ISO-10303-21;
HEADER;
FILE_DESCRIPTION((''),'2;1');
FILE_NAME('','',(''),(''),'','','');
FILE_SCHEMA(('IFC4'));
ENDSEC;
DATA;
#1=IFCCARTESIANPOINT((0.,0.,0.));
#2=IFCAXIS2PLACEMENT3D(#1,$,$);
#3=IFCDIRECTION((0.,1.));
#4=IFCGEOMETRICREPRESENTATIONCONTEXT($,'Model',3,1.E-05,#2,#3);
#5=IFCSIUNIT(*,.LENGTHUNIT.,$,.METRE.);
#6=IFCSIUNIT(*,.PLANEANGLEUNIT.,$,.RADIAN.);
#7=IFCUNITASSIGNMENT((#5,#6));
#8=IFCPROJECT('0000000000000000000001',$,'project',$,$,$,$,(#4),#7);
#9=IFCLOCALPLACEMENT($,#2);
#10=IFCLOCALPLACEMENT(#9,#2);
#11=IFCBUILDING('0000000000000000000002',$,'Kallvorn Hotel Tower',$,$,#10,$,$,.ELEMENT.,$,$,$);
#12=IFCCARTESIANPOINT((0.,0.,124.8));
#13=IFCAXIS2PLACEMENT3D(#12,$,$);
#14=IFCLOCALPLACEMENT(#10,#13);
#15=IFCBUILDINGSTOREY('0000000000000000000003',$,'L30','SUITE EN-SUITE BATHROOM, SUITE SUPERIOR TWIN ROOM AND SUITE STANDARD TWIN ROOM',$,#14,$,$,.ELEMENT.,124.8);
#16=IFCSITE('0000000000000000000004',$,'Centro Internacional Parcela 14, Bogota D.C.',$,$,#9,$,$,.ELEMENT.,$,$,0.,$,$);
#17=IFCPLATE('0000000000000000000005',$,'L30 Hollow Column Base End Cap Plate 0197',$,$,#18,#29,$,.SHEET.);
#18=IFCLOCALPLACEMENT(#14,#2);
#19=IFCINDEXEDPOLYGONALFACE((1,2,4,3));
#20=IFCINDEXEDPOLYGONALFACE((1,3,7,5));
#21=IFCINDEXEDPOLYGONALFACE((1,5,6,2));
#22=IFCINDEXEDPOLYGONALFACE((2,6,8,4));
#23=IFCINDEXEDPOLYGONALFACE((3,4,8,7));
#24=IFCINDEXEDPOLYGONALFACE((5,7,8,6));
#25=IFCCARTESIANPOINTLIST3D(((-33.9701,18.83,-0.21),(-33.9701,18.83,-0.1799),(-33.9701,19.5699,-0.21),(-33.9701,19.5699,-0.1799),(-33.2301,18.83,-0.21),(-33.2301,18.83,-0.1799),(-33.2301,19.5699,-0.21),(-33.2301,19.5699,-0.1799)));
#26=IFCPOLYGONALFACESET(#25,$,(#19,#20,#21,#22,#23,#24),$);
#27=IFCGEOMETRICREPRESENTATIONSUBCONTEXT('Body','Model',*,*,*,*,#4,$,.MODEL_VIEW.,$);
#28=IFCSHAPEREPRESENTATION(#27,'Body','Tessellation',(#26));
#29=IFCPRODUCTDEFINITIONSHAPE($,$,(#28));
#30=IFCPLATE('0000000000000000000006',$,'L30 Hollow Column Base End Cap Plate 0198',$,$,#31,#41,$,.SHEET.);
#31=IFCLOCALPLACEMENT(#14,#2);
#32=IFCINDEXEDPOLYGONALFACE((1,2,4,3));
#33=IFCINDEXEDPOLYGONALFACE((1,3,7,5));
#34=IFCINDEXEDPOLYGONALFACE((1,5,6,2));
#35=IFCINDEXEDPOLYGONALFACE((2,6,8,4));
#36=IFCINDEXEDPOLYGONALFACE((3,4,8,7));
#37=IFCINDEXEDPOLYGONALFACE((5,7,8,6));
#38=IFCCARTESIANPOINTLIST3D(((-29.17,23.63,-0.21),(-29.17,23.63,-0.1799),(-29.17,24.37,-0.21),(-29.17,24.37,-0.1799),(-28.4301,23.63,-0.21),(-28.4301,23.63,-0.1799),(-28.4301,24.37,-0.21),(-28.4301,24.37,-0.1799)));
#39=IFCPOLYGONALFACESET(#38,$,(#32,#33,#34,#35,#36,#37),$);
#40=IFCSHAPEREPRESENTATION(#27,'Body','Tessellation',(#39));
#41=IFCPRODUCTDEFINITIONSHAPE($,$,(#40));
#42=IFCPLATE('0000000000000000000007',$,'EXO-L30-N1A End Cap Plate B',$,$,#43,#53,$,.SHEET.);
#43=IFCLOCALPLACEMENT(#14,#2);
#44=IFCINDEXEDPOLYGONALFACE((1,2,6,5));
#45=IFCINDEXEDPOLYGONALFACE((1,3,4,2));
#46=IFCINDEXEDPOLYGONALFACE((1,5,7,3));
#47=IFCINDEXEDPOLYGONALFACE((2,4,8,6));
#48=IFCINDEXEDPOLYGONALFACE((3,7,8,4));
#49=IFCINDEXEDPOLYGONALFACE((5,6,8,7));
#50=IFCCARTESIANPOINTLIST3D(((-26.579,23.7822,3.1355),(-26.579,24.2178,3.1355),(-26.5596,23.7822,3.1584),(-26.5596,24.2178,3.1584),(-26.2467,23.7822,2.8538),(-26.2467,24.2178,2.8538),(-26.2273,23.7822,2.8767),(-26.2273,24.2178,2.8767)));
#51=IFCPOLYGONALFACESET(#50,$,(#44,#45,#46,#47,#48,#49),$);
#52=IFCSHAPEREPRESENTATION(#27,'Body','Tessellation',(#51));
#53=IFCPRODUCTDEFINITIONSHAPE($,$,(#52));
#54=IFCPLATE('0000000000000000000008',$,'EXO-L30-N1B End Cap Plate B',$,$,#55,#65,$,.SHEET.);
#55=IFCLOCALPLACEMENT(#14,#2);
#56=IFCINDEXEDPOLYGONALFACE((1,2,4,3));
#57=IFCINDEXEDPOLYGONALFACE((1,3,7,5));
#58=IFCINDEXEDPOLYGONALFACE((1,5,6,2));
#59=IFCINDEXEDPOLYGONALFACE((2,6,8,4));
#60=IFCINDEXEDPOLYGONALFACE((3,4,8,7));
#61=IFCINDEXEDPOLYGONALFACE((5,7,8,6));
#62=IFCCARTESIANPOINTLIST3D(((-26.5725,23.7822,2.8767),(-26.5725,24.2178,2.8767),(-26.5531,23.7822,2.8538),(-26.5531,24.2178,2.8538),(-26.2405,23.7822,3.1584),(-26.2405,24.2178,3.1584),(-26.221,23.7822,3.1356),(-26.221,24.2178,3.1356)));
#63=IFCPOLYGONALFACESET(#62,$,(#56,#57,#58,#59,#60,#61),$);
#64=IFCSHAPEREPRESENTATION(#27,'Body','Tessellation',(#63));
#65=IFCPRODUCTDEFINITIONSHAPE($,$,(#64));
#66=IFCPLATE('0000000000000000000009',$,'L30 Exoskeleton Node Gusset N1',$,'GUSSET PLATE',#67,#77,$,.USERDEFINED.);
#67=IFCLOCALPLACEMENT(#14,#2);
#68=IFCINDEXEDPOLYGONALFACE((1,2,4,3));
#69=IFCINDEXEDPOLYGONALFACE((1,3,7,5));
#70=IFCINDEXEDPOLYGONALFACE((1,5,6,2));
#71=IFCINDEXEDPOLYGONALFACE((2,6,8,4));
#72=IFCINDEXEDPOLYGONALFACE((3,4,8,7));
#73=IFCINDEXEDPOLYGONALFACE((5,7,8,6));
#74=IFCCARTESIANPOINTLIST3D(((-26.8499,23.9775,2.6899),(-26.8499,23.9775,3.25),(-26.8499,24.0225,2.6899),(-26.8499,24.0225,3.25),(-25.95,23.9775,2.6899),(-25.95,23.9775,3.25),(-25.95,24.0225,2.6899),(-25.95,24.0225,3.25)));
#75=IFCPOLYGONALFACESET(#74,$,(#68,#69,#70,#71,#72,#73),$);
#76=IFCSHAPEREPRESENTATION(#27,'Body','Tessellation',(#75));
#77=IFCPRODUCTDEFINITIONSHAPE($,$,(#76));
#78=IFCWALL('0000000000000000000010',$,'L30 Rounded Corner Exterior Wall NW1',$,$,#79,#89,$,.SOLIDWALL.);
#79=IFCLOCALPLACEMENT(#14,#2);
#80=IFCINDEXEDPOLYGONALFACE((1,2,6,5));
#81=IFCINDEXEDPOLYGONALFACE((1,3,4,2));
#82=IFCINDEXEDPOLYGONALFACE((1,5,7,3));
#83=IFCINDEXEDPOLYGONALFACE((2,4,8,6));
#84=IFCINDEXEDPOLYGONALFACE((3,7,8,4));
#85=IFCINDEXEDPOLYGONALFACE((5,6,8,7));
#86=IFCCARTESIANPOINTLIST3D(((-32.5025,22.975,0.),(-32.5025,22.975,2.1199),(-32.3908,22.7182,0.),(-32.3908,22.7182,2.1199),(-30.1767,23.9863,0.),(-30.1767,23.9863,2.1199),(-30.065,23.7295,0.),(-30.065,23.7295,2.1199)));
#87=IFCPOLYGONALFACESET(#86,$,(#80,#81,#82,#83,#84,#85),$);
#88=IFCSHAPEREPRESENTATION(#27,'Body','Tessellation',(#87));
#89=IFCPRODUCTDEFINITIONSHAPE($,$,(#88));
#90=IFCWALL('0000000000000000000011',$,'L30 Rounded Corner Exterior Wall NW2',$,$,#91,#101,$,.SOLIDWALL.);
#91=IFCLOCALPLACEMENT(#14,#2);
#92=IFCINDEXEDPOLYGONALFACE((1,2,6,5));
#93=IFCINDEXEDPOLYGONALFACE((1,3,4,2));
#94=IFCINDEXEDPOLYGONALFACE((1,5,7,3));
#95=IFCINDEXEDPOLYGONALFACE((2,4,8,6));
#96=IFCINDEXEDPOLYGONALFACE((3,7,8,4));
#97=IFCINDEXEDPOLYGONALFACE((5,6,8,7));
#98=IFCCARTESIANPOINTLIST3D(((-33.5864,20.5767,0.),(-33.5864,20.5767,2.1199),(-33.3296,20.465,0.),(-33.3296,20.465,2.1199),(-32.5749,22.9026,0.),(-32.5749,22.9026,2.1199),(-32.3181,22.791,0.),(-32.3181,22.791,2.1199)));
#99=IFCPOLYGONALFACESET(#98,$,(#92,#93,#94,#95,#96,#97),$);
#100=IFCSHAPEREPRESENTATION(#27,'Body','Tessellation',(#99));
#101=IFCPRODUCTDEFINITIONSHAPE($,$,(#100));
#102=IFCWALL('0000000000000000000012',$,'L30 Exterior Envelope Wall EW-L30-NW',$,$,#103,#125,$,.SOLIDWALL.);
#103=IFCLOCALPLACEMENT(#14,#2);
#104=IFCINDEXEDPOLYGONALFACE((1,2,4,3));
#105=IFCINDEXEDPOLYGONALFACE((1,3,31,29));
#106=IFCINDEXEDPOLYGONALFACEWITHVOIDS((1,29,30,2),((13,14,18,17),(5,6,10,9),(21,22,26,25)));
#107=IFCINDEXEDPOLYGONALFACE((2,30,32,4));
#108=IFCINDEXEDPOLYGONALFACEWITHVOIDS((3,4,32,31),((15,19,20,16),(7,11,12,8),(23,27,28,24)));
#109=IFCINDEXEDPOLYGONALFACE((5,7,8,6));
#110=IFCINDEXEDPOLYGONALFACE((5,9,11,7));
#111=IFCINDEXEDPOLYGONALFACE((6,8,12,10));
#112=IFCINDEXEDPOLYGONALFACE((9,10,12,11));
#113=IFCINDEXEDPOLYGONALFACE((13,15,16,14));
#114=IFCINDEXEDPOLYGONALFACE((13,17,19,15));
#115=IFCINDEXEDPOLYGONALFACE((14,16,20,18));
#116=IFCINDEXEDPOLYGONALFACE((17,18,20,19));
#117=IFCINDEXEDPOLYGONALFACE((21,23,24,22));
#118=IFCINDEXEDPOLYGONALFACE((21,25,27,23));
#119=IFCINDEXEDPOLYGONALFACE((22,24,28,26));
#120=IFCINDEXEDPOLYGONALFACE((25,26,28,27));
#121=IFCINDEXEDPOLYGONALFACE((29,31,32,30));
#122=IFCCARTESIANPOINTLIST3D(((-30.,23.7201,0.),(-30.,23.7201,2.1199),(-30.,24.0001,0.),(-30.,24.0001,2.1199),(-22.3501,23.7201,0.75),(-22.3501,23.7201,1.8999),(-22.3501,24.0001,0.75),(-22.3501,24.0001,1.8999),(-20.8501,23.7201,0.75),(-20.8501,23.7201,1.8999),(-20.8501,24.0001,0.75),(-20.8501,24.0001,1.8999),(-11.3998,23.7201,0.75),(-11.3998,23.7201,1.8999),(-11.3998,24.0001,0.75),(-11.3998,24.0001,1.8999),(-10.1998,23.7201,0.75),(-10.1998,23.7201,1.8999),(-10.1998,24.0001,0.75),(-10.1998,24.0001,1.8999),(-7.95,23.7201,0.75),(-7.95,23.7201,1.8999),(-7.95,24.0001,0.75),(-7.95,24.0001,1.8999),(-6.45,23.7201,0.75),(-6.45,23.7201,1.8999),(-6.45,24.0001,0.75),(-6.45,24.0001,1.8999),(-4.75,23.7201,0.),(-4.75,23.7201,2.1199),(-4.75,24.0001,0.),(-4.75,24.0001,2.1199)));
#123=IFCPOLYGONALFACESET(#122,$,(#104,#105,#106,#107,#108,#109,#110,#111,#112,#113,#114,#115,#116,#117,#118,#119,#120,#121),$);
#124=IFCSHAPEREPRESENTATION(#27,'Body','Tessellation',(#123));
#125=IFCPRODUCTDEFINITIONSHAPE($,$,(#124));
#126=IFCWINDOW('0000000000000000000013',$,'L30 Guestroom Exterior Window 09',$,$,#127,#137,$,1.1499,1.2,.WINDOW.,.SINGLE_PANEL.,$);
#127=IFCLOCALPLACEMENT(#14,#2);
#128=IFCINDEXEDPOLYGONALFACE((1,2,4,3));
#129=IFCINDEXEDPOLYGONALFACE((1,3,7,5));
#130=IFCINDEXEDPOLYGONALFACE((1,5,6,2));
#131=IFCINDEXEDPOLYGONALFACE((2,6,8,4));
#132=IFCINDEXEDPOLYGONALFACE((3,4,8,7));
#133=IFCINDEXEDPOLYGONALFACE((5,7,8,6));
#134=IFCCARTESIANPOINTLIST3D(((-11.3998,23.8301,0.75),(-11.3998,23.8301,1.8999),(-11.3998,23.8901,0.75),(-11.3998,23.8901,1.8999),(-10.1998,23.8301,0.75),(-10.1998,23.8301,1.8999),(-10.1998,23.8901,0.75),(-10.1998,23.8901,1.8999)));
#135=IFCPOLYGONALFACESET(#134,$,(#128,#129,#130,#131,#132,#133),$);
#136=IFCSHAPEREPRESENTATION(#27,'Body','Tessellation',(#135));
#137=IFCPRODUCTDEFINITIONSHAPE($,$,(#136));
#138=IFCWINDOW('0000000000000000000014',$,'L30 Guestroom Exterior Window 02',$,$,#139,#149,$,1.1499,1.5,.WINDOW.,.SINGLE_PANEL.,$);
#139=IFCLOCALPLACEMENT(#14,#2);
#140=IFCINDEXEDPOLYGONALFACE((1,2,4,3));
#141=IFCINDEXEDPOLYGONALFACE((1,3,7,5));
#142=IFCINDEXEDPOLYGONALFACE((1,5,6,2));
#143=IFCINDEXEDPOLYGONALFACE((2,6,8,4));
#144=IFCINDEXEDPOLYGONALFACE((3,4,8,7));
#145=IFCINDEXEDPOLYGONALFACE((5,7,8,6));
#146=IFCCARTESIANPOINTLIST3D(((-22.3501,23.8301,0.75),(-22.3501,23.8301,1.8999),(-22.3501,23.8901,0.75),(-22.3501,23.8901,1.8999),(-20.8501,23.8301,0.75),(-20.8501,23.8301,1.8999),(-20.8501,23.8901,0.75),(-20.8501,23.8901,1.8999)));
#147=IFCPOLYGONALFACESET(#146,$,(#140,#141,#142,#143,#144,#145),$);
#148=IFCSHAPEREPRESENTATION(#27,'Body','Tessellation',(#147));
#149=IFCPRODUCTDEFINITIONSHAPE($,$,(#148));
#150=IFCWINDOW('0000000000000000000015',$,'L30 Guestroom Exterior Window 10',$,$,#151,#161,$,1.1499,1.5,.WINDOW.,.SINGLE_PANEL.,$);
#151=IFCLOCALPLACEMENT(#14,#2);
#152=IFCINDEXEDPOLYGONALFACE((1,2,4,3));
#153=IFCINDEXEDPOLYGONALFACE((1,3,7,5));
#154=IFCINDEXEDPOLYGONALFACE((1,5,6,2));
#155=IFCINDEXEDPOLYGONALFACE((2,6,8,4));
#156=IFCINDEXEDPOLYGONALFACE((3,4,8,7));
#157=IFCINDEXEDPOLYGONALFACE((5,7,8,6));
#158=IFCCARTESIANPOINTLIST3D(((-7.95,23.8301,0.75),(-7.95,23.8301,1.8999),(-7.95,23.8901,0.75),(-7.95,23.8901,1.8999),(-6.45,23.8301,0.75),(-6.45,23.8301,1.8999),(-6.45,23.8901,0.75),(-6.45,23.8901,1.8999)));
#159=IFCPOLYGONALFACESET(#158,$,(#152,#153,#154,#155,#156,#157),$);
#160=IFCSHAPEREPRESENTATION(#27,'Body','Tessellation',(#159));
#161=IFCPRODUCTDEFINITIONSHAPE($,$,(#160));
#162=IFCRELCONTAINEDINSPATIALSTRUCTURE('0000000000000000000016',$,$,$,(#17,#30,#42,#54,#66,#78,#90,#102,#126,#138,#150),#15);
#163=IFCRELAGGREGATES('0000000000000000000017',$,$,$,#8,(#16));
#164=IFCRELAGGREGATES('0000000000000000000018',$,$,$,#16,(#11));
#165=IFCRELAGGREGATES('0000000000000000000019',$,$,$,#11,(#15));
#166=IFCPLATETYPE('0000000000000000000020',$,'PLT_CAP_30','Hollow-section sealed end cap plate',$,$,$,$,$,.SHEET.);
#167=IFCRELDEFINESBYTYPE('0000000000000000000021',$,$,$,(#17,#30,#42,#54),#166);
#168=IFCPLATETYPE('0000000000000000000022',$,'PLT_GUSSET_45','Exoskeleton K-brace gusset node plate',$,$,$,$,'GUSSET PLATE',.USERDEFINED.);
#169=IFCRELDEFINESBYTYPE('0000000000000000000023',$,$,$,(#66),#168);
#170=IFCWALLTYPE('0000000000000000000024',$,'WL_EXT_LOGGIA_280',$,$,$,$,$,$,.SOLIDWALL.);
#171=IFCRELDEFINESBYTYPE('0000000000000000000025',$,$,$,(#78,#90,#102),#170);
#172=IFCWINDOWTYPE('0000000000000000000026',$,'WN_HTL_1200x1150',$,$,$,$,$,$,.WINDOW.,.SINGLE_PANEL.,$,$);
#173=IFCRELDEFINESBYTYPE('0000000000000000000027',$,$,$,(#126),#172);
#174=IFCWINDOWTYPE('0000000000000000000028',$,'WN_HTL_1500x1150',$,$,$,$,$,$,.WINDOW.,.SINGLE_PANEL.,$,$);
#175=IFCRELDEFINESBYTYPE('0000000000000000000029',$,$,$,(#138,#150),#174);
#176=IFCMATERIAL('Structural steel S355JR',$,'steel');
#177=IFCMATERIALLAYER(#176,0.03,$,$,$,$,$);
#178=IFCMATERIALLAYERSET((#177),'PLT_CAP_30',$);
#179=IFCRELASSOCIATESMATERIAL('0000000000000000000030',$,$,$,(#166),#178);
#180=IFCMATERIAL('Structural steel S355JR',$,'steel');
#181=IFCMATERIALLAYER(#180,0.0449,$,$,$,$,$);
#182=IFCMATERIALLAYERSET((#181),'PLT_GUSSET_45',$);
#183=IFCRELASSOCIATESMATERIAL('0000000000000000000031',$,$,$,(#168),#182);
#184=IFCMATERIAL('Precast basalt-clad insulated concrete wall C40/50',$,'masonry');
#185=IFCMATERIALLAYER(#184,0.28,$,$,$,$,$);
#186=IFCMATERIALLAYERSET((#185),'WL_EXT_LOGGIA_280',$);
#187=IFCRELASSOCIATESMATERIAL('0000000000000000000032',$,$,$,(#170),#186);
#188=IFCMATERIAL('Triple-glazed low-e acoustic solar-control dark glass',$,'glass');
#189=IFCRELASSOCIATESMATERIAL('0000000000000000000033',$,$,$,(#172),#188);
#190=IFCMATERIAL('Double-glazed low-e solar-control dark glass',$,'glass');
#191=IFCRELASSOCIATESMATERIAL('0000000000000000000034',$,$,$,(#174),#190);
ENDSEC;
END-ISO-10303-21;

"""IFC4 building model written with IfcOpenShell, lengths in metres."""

from ifc_helpers import new_model, si_unit, direction, frame, frame_2d, origin, origin_2d, place, context, subcontext, project, spatial, polyline, rectangle, outline, extrude, material, layer, layer_set, type_object, element, fill, save


model = new_model("IFC4")

# Units and contexts
model_context = context("Model", 3, precision=1e-05, world=origin(), true_north=direction((0.0, 1.0)))
body_context = subcontext(model_context, "Body", "Model", "MODEL_VIEW")
ifc_project = project(units=[si_unit("LENGTHUNIT", "METRE"), si_unit("PLANEANGLEUNIT", "RADIAN")], contexts=[model_context])

# Site, building, storey
site_placement = place(None, origin())
site = spatial("IfcSite", under=ifc_project, at=site_placement, Name="Centro Internacional Parcela 14, Bogota D.C.", CompositionType="ELEMENT", RefElevation=0.0)
building_placement = place(site_placement, origin())
building = spatial("IfcBuilding", under=site, at=building_placement, Name="Kallvorn Hotel Tower", CompositionType="ELEMENT")
storey_placement = place(building_placement, frame((0.0, 0.0, 124.8)))
storey = spatial("IfcBuildingStorey", under=building, at=storey_placement, Name="L30", Description="SUITE EN-SUITE BATHROOM, SUITE SUPERIOR TWIN ROOM AND SUITE STANDARD TWIN ROOM", CompositionType="ELEMENT", Elevation=124.8)

# Plates
ifc_material_1 = material(Name="Structural steel S355JR", Category="steel")
ifc_layer_1 = layer(ifc_material_1, 0.03)
ifc_layer_set_1 = layer_set([ifc_layer_1], Name="PLT_CAP_30")
plate_type_1 = type_object("IfcPlateType", Name="PLT_CAP_30", Description="Hollow-section sealed end cap plate", PredefinedType="SHEET", material=ifc_layer_set_1)
for number, where, z_axis, x_axis, name in (
    (1, (-33.6001, 19.2, -0.21), (0.0, 0.0, 1.0), (1.0, 0.0, 0.0), "L30 Hollow Column Base End Cap Plate 0197"),
    (2, (-28.8, 24.0, -0.21), (0.0, 0.0, 1.0), (1.0, 0.0, 0.0), "L30 Hollow Column Base End Cap Plate 0198"),
):
    element("IfcPlate", number, at=place(storey_placement, frame(where, z_axis=z_axis, x_axis=x_axis)), inside=storey, type_object=plate_type_1, Name=name, PredefinedType="SHEET", context=body_context, shape_type="SweptSolid", body=[
        extrude(rectangle(XDim=0.74, YDim=0.74, at=origin_2d()), origin(), (0.0, 0.0, 1.0), 0.03),
    ])
plate_1_placement = place(storey_placement, frame((-26.2273, 23.7822, 2.8767), z_axis=(0.646721, 0.0, 0.762727), x_axis=(0.0, 1.0, 0.0)))
element("IfcPlate", 3, at=plate_1_placement, inside=storey, type_object=plate_type_1, Name="EXO-L30-N1A End Cap Plate B", PredefinedType="SHEET", context=body_context, shape_type="SweptSolid", body=[
    extrude(outline(polyline([(0.0, 0.0), (0.4355, 0.0), (0.4355, 0.4356), (0.0, 0.4356), (0.0, 0.0)])), origin(), (0.0, 0.0, -1.0), 0.03),
])
plate_2_placement = place(storey_placement, frame((-26.5725, 24.2178, 2.8767), z_axis=(-0.646997, 0.0, 0.762492), x_axis=(0.0, -1.0, 0.0)))
element("IfcPlate", 4, at=plate_2_placement, inside=storey, type_object=plate_type_1, Name="EXO-L30-N1B End Cap Plate B", PredefinedType="SHEET", context=body_context, shape_type="SweptSolid", body=[
    extrude(outline(polyline([(0.0, 0.0), (0.4355, 0.0), (0.4355, 0.4355), (0.0, 0.4355), (0.0, 0.0)])), origin(), (0.0, 0.0, -1.0), 0.03),
])
ifc_material_2 = material(Name="Structural steel S355JR", Category="steel")
ifc_layer_2 = layer(ifc_material_2, 0.0449)
ifc_layer_set_2 = layer_set([ifc_layer_2], Name="PLT_GUSSET_45")
plate_type_2 = type_object("IfcPlateType", Name="PLT_GUSSET_45", Description="Exoskeleton K-brace gusset node plate", ElementType="GUSSET PLATE", PredefinedType="USERDEFINED", material=ifc_layer_set_2)
plate_3_placement = place(storey_placement, frame((-26.3999, 24.0, 2.6899), z_axis=(0.0, 0.0, 1.0), x_axis=(1.0, 0.0, 0.0)))
element("IfcPlate", 5, at=plate_3_placement, inside=storey, type_object=plate_type_2, Name="L30 Exoskeleton Node Gusset N1", ObjectType="GUSSET PLATE", PredefinedType="USERDEFINED", context=body_context, shape_type="SweptSolid", body=[
    extrude(rectangle(XDim=0.8999, YDim=0.0449, at=origin_2d()), origin(), (0.0, 0.0, 1.0), 0.5601),
])

# Walls
ifc_material_3 = material(Name="Precast basalt-clad insulated concrete wall C40/50", Category="masonry")
ifc_layer_3 = layer(ifc_material_3, 0.28)
ifc_layer_set_3 = layer_set([ifc_layer_3], Name="WL_EXT_LOGGIA_280")
wall_type = type_object("IfcWallType", Name="WL_EXT_LOGGIA_280", PredefinedType="SOLIDWALL", material=ifc_layer_set_3)
wall_1_placement = place(storey_placement, frame((-30.1208, 23.8579, 0.0), z_axis=(0.0, 0.0, 1.0), x_axis=(-0.917061, -0.398747, 0.0)))
element("IfcWall", 6, at=wall_1_placement, inside=storey, type_object=wall_type, Name="L30 Rounded Corner Exterior Wall NW1", PredefinedType="SOLIDWALL", context=body_context, shape_type="SweptSolid", body=[
    extrude(rectangle(XDim=2.5361, YDim=0.28, at=frame_2d((1.2681, 0.0))), origin(), (0.0, 0.0, 1.0), 2.1199),
])
wall_2_placement = place(storey_placement, frame((-32.4465, 22.8467, 0.0), z_axis=(0.0, 0.0, 1.0), x_axis=(-0.398793, -0.917041, 0.0)))
element("IfcWall", 7, at=wall_2_placement, inside=storey, type_object=wall_type, Name="L30 Rounded Corner Exterior Wall NW2", PredefinedType="SOLIDWALL", context=body_context, shape_type="SweptSolid", body=[
    extrude(rectangle(XDim=2.5364, YDim=0.28, at=frame_2d((1.2681, 0.0))), origin(), (0.0, 0.0, 1.0), 2.1199),
])

# Wall, openings, windows
wall_3_placement = place(storey_placement, frame((-30.0, 23.8601, 0.0), z_axis=(0.0, 0.0, 1.0), x_axis=(1.0, 0.0, 0.0)))
wall_3 = element("IfcWall", 8, at=wall_3_placement, inside=storey, type_object=wall_type, Name="L30 Exterior Envelope Wall EW-L30-NW", PredefinedType="SOLIDWALL", context=body_context, shape_type="SweptSolid", body=[
    extrude(rectangle(XDim=25.25, YDim=0.28, at=frame_2d((12.625, 0.0))), origin(), (0.0, 0.0, 1.0), 2.1199),
])
opening_1_placement = place(wall_3_placement, frame((7.6499, 0.0, 0.75)))
opening_1 = element("IfcOpeningElement", 9, at=opening_1_placement, cuts=wall_3, PredefinedType="OPENING", context=body_context, shape_type="SweptSolid", body=[
    extrude(rectangle(XDim=1.5, YDim=1.1499, at=frame_2d((0.75, 0.575))), frame((0.0, 0.155, 0.0), z_axis=(0.0, -1.0, 0.0), x_axis=(1.0, 0.0, 0.0)), (0.0, 0.0, 1.0), 0.3101),
])
opening_2_placement = place(wall_3_placement, frame((18.6001, 0.0, 0.75)))
opening_2 = element("IfcOpeningElement", 10, at=opening_2_placement, cuts=wall_3, PredefinedType="OPENING", context=body_context, shape_type="SweptSolid", body=[
    extrude(rectangle(XDim=1.2, YDim=1.1499, at=frame_2d((0.6001, 0.575))), frame((0.0, 0.155, 0.0), z_axis=(0.0, -1.0, 0.0), x_axis=(1.0, 0.0, 0.0)), (0.0, 0.0, 1.0), 0.3101),
])
opening_3_placement = place(wall_3_placement, frame((22.05, 0.0, 0.75)))
opening_3 = element("IfcOpeningElement", 11, at=opening_3_placement, cuts=wall_3, PredefinedType="OPENING", context=body_context, shape_type="SweptSolid", body=[
    extrude(rectangle(XDim=1.5, YDim=1.1499, at=frame_2d((0.75, 0.575))), frame((0.0, 0.155, 0.0), z_axis=(0.0, -1.0, 0.0), x_axis=(1.0, 0.0, 0.0)), (0.0, 0.0, 1.0), 0.3101),
])
ifc_material_4 = material(Name="Triple-glazed low-e acoustic solar-control dark glass", Category="glass")
window_type_1 = type_object("IfcWindowType", Name="WN_HTL_1200x1150", PartitioningType="SINGLE_PANEL", PredefinedType="WINDOW", material=ifc_material_4)
window_1_placement = place(opening_2_placement, origin())
window_1 = element("IfcWindow", 12, at=window_1_placement, inside=storey, type_object=window_type_1, Name="L30 Guestroom Exterior Window 09", OverallHeight=1.1499, OverallWidth=1.2, PartitioningType="SINGLE_PANEL", PredefinedType="WINDOW", context=body_context, shape_type="SweptSolid", body=[
    extrude(rectangle(XDim=1.2, YDim=1.1499, at=frame_2d((0.6001, 0.575))), frame((0.0, 0.03, 0.0), z_axis=(0.0, -1.0, 0.0), x_axis=(1.0, 0.0, 0.0)), (0.0, 0.0, 1.0), 0.0601),
])
fill(opening_2, window_1)
ifc_material_5 = material(Name="Double-glazed low-e solar-control dark glass", Category="glass")
window_type_2 = type_object("IfcWindowType", Name="WN_HTL_1500x1150", PartitioningType="SINGLE_PANEL", PredefinedType="WINDOW", material=ifc_material_5)
window_2_placement = place(opening_1_placement, origin())
window_2 = element("IfcWindow", 13, at=window_2_placement, inside=storey, type_object=window_type_2, Name="L30 Guestroom Exterior Window 02", OverallHeight=1.1499, OverallWidth=1.5, PartitioningType="SINGLE_PANEL", PredefinedType="WINDOW", context=body_context, shape_type="SweptSolid", body=[
    extrude(rectangle(XDim=1.5, YDim=1.1499, at=frame_2d((0.75, 0.575))), frame((0.0, 0.03, 0.0), z_axis=(0.0, -1.0, 0.0), x_axis=(1.0, 0.0, 0.0)), (0.0, 0.0, 1.0), 0.0601),
])
fill(opening_1, window_2)
window_3_placement = place(opening_3_placement, origin())
window_3 = element("IfcWindow", 14, at=window_3_placement, inside=storey, type_object=window_type_2, Name="L30 Guestroom Exterior Window 10", OverallHeight=1.1499, OverallWidth=1.5, PartitioningType="SINGLE_PANEL", PredefinedType="WINDOW", context=body_context, shape_type="SweptSolid", body=[
    extrude(rectangle(XDim=1.5, YDim=1.1499, at=frame_2d((0.75, 0.575))), frame((0.0, 0.03, 0.0), z_axis=(0.0, -1.0, 0.0), x_axis=(1.0, 0.0, 0.0)), (0.0, 0.0, 1.0), 0.0601),
])
fill(opening_3, window_3)

save(model, "model.ifc")
